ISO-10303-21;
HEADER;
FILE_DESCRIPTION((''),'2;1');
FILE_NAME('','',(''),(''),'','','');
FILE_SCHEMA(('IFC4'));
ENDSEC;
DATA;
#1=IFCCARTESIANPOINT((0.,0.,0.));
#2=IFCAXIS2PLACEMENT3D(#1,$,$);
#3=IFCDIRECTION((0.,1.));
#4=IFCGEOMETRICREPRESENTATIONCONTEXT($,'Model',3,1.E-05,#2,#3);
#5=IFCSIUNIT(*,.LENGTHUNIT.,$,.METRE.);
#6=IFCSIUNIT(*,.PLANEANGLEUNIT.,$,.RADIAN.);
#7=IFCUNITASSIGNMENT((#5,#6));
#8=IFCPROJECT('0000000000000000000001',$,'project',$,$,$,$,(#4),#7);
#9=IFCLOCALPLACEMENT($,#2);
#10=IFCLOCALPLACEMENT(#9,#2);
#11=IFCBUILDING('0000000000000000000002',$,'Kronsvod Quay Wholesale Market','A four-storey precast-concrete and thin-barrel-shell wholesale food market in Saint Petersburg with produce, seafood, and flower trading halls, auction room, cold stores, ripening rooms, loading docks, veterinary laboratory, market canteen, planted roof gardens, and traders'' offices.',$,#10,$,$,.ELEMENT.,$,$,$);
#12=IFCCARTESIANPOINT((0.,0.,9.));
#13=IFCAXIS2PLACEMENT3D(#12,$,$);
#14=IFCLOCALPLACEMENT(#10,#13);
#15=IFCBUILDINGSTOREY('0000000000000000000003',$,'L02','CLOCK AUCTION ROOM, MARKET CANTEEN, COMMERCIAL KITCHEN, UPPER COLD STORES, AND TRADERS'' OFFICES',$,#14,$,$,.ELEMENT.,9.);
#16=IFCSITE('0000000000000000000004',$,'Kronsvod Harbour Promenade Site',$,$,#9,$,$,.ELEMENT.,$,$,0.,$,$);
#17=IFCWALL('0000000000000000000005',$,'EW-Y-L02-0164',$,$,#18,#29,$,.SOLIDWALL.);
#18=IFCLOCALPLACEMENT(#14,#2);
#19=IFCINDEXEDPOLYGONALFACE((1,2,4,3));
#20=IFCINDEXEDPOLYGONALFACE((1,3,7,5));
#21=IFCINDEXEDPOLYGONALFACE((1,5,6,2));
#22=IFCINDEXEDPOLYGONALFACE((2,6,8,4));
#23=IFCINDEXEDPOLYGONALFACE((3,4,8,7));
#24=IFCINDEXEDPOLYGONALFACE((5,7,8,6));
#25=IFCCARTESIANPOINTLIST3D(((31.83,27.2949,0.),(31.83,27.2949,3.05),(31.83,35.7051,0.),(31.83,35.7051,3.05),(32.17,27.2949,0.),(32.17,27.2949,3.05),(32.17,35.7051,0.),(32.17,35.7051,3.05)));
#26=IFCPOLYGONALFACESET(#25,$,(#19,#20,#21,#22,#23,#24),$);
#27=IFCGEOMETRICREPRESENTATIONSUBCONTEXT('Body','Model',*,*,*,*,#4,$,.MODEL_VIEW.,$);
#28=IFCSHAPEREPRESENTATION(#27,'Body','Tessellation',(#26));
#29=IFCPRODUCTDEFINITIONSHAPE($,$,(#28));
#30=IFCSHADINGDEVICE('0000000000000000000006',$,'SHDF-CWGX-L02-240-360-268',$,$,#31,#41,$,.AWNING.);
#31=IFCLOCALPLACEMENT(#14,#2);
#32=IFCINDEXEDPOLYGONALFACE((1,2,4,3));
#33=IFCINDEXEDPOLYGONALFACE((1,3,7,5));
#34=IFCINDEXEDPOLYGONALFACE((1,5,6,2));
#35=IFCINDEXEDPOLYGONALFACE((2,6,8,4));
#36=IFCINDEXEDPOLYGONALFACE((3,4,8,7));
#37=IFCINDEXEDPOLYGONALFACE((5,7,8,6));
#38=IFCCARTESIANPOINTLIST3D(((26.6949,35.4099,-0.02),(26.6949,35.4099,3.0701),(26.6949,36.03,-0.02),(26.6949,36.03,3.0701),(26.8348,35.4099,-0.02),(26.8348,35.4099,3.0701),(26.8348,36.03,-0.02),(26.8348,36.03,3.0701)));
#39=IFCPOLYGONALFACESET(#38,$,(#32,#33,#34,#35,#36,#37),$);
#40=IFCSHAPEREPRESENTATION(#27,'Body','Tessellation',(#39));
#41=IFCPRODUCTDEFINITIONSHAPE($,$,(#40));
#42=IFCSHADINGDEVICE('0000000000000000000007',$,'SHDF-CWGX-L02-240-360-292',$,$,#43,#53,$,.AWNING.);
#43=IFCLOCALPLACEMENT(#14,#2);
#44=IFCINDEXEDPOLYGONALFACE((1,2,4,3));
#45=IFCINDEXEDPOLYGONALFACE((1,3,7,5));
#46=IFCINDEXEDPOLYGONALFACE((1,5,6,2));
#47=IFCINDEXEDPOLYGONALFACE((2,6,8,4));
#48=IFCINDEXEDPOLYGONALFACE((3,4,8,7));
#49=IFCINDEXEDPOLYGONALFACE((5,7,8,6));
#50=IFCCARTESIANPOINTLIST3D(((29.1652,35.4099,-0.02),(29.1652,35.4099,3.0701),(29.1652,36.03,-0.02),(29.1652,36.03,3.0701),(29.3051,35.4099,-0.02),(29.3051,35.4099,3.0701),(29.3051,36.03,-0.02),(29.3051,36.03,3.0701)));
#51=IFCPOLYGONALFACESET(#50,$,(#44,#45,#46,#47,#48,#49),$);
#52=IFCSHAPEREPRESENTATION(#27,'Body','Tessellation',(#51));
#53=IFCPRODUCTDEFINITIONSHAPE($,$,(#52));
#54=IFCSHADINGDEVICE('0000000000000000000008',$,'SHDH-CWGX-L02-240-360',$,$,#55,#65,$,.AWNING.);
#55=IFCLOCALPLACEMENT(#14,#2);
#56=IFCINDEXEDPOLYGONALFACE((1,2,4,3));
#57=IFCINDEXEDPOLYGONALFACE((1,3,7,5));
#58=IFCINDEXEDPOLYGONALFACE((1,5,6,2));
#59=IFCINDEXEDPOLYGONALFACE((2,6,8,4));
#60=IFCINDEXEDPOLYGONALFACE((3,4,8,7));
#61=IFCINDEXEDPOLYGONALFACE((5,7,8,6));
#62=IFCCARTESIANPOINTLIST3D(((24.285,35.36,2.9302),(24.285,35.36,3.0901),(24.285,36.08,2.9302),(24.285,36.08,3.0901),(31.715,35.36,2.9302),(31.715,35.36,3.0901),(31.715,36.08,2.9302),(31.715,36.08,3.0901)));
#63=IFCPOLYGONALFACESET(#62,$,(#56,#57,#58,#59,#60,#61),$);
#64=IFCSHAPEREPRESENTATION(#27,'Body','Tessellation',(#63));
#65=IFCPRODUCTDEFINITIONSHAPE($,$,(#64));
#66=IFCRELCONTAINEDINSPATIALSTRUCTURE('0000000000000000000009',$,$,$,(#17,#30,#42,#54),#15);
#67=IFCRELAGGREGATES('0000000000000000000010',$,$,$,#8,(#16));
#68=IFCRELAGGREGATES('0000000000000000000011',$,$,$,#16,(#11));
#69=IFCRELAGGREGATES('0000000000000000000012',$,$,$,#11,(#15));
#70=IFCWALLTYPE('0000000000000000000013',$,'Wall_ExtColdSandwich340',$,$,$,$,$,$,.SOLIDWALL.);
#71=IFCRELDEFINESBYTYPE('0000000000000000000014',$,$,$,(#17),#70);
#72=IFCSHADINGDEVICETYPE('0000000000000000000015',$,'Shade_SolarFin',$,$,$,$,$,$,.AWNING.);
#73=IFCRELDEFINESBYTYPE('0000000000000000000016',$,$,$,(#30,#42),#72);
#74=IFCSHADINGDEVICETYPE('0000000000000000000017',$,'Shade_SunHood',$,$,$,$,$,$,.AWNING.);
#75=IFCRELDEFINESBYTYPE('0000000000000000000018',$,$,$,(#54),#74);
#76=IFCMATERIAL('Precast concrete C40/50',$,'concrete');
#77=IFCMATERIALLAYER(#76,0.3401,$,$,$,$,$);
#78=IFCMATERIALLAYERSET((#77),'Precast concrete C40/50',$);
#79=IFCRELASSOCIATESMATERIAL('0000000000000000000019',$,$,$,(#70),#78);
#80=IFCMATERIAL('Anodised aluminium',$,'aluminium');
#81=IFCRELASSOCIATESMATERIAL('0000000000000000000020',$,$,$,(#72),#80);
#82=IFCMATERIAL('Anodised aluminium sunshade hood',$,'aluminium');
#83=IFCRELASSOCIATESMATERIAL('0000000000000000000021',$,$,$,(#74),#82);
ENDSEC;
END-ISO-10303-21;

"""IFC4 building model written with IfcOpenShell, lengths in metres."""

from ifc_helpers import new_model, si_unit, direction, frame, frame_2d, origin, origin_2d, place, context, subcontext, project, spatial, rectangle, extrude, material, layer, layer_set, type_object, element, save


model = new_model("IFC4")

# Units and contexts
model_context = context("Model", 3, precision=1e-05, world=origin(), true_north=direction((0.0, 1.0)))
body_context = subcontext(model_context, "Body", "Model", "MODEL_VIEW")
ifc_project = project(units=[si_unit("LENGTHUNIT", "METRE"), si_unit("PLANEANGLEUNIT", "RADIAN")], contexts=[model_context])

# Site, building, storey
site_placement = place(None, origin())
site = spatial("IfcSite", under=ifc_project, at=site_placement, Name="Kronsvod Harbour Promenade Site", CompositionType="ELEMENT", RefElevation=0.0)
building_placement = place(site_placement, origin())
building = spatial("IfcBuilding", under=site, at=building_placement, Name="Kronsvod Quay Wholesale Market", Description="A four-storey precast-concrete and thin-barrel-shell wholesale food market in Saint Petersburg with produce, seafood, and flower trading halls, auction room, cold stores, ripening rooms, loading docks, veterinary laboratory, market canteen, planted roof gardens, and traders' offices.", CompositionType="ELEMENT")
storey_placement = place(building_placement, frame((0.0, 0.0, 9.0)))
storey = spatial("IfcBuildingStorey", under=building, at=storey_placement, Name="L02", Description="CLOCK AUCTION ROOM, MARKET CANTEEN, COMMERCIAL KITCHEN, UPPER COLD STORES, AND TRADERS' OFFICES", CompositionType="ELEMENT", Elevation=9.0)

# Wall
ifc_material_1 = material(Name="Precast concrete C40/50", Category="concrete")
ifc_layer_1 = layer(ifc_material_1, 0.3401)
ifc_layer_set_1 = layer_set([ifc_layer_1], Name="Precast concrete C40/50")
wall_type = type_object("IfcWallType", Name="Wall_ExtColdSandwich340", PredefinedType="SOLIDWALL", material=ifc_layer_set_1)
wall_placement = place(storey_placement, frame((32.0, 35.7051, 0.0), z_axis=(0.0, 0.0, 1.0), x_axis=(0.0, -1.0, 0.0)))
element("IfcWall", 1, at=wall_placement, inside=storey, type_object=wall_type, Name="EW-Y-L02-0164", PredefinedType="SOLIDWALL", context=body_context, shape_type="SweptSolid", body=[
    extrude(rectangle(XDim=8.4102, YDim=0.3401, at=frame_2d((4.2051, 0.0))), origin(), (0.0, 0.0, 1.0), 3.05),
])

# Shading devices
ifc_material_2 = material(Name="Anodised aluminium", Category="aluminium")
shading_device_type_1 = type_object("IfcShadingDeviceType", Name="Shade_SolarFin", PredefinedType="AWNING", material=ifc_material_2)
for number, where, z_axis, x_axis, name in (
    (2, (26.7649, 35.72, -0.02), (0.0, 0.0, 1.0), (1.0, 0.0, 0.0), "SHDF-CWGX-L02-240-360-268"),
    (3, (29.2351, 35.72, -0.02), (0.0, 0.0, 1.0), (1.0, 0.0, 0.0), "SHDF-CWGX-L02-240-360-292"),
):
    element("IfcShadingDevice", number, at=place(storey_placement, frame(where, z_axis=z_axis, x_axis=x_axis)), inside=storey, type_object=shading_device_type_1, Name=name, PredefinedType="AWNING", context=body_context, shape_type="SweptSolid", body=[
        extrude(rectangle(XDim=0.1399, YDim=0.6201, at=origin_2d()), origin(), (0.0, 0.0, 1.0), 3.0901),
    ])
ifc_material_3 = material(Name="Anodised aluminium sunshade hood", Category="aluminium")
shading_device_type_2 = type_object("IfcShadingDeviceType", Name="Shade_SunHood", PredefinedType="AWNING", material=ifc_material_3)
shading_device_placement = place(storey_placement, frame((28.0, 35.72, 2.9302), z_axis=(0.0, 0.0, 1.0), x_axis=(1.0, 0.0, 0.0)))
element("IfcShadingDevice", 4, at=shading_device_placement, inside=storey, type_object=shading_device_type_2, Name="SHDH-CWGX-L02-240-360", PredefinedType="AWNING", context=body_context, shape_type="SweptSolid", body=[
    extrude(rectangle(XDim=7.4299, YDim=0.72, at=origin_2d()), origin(), (0.0, 0.0, 1.0), 0.1599),
])

save(model, "model.ifc")
